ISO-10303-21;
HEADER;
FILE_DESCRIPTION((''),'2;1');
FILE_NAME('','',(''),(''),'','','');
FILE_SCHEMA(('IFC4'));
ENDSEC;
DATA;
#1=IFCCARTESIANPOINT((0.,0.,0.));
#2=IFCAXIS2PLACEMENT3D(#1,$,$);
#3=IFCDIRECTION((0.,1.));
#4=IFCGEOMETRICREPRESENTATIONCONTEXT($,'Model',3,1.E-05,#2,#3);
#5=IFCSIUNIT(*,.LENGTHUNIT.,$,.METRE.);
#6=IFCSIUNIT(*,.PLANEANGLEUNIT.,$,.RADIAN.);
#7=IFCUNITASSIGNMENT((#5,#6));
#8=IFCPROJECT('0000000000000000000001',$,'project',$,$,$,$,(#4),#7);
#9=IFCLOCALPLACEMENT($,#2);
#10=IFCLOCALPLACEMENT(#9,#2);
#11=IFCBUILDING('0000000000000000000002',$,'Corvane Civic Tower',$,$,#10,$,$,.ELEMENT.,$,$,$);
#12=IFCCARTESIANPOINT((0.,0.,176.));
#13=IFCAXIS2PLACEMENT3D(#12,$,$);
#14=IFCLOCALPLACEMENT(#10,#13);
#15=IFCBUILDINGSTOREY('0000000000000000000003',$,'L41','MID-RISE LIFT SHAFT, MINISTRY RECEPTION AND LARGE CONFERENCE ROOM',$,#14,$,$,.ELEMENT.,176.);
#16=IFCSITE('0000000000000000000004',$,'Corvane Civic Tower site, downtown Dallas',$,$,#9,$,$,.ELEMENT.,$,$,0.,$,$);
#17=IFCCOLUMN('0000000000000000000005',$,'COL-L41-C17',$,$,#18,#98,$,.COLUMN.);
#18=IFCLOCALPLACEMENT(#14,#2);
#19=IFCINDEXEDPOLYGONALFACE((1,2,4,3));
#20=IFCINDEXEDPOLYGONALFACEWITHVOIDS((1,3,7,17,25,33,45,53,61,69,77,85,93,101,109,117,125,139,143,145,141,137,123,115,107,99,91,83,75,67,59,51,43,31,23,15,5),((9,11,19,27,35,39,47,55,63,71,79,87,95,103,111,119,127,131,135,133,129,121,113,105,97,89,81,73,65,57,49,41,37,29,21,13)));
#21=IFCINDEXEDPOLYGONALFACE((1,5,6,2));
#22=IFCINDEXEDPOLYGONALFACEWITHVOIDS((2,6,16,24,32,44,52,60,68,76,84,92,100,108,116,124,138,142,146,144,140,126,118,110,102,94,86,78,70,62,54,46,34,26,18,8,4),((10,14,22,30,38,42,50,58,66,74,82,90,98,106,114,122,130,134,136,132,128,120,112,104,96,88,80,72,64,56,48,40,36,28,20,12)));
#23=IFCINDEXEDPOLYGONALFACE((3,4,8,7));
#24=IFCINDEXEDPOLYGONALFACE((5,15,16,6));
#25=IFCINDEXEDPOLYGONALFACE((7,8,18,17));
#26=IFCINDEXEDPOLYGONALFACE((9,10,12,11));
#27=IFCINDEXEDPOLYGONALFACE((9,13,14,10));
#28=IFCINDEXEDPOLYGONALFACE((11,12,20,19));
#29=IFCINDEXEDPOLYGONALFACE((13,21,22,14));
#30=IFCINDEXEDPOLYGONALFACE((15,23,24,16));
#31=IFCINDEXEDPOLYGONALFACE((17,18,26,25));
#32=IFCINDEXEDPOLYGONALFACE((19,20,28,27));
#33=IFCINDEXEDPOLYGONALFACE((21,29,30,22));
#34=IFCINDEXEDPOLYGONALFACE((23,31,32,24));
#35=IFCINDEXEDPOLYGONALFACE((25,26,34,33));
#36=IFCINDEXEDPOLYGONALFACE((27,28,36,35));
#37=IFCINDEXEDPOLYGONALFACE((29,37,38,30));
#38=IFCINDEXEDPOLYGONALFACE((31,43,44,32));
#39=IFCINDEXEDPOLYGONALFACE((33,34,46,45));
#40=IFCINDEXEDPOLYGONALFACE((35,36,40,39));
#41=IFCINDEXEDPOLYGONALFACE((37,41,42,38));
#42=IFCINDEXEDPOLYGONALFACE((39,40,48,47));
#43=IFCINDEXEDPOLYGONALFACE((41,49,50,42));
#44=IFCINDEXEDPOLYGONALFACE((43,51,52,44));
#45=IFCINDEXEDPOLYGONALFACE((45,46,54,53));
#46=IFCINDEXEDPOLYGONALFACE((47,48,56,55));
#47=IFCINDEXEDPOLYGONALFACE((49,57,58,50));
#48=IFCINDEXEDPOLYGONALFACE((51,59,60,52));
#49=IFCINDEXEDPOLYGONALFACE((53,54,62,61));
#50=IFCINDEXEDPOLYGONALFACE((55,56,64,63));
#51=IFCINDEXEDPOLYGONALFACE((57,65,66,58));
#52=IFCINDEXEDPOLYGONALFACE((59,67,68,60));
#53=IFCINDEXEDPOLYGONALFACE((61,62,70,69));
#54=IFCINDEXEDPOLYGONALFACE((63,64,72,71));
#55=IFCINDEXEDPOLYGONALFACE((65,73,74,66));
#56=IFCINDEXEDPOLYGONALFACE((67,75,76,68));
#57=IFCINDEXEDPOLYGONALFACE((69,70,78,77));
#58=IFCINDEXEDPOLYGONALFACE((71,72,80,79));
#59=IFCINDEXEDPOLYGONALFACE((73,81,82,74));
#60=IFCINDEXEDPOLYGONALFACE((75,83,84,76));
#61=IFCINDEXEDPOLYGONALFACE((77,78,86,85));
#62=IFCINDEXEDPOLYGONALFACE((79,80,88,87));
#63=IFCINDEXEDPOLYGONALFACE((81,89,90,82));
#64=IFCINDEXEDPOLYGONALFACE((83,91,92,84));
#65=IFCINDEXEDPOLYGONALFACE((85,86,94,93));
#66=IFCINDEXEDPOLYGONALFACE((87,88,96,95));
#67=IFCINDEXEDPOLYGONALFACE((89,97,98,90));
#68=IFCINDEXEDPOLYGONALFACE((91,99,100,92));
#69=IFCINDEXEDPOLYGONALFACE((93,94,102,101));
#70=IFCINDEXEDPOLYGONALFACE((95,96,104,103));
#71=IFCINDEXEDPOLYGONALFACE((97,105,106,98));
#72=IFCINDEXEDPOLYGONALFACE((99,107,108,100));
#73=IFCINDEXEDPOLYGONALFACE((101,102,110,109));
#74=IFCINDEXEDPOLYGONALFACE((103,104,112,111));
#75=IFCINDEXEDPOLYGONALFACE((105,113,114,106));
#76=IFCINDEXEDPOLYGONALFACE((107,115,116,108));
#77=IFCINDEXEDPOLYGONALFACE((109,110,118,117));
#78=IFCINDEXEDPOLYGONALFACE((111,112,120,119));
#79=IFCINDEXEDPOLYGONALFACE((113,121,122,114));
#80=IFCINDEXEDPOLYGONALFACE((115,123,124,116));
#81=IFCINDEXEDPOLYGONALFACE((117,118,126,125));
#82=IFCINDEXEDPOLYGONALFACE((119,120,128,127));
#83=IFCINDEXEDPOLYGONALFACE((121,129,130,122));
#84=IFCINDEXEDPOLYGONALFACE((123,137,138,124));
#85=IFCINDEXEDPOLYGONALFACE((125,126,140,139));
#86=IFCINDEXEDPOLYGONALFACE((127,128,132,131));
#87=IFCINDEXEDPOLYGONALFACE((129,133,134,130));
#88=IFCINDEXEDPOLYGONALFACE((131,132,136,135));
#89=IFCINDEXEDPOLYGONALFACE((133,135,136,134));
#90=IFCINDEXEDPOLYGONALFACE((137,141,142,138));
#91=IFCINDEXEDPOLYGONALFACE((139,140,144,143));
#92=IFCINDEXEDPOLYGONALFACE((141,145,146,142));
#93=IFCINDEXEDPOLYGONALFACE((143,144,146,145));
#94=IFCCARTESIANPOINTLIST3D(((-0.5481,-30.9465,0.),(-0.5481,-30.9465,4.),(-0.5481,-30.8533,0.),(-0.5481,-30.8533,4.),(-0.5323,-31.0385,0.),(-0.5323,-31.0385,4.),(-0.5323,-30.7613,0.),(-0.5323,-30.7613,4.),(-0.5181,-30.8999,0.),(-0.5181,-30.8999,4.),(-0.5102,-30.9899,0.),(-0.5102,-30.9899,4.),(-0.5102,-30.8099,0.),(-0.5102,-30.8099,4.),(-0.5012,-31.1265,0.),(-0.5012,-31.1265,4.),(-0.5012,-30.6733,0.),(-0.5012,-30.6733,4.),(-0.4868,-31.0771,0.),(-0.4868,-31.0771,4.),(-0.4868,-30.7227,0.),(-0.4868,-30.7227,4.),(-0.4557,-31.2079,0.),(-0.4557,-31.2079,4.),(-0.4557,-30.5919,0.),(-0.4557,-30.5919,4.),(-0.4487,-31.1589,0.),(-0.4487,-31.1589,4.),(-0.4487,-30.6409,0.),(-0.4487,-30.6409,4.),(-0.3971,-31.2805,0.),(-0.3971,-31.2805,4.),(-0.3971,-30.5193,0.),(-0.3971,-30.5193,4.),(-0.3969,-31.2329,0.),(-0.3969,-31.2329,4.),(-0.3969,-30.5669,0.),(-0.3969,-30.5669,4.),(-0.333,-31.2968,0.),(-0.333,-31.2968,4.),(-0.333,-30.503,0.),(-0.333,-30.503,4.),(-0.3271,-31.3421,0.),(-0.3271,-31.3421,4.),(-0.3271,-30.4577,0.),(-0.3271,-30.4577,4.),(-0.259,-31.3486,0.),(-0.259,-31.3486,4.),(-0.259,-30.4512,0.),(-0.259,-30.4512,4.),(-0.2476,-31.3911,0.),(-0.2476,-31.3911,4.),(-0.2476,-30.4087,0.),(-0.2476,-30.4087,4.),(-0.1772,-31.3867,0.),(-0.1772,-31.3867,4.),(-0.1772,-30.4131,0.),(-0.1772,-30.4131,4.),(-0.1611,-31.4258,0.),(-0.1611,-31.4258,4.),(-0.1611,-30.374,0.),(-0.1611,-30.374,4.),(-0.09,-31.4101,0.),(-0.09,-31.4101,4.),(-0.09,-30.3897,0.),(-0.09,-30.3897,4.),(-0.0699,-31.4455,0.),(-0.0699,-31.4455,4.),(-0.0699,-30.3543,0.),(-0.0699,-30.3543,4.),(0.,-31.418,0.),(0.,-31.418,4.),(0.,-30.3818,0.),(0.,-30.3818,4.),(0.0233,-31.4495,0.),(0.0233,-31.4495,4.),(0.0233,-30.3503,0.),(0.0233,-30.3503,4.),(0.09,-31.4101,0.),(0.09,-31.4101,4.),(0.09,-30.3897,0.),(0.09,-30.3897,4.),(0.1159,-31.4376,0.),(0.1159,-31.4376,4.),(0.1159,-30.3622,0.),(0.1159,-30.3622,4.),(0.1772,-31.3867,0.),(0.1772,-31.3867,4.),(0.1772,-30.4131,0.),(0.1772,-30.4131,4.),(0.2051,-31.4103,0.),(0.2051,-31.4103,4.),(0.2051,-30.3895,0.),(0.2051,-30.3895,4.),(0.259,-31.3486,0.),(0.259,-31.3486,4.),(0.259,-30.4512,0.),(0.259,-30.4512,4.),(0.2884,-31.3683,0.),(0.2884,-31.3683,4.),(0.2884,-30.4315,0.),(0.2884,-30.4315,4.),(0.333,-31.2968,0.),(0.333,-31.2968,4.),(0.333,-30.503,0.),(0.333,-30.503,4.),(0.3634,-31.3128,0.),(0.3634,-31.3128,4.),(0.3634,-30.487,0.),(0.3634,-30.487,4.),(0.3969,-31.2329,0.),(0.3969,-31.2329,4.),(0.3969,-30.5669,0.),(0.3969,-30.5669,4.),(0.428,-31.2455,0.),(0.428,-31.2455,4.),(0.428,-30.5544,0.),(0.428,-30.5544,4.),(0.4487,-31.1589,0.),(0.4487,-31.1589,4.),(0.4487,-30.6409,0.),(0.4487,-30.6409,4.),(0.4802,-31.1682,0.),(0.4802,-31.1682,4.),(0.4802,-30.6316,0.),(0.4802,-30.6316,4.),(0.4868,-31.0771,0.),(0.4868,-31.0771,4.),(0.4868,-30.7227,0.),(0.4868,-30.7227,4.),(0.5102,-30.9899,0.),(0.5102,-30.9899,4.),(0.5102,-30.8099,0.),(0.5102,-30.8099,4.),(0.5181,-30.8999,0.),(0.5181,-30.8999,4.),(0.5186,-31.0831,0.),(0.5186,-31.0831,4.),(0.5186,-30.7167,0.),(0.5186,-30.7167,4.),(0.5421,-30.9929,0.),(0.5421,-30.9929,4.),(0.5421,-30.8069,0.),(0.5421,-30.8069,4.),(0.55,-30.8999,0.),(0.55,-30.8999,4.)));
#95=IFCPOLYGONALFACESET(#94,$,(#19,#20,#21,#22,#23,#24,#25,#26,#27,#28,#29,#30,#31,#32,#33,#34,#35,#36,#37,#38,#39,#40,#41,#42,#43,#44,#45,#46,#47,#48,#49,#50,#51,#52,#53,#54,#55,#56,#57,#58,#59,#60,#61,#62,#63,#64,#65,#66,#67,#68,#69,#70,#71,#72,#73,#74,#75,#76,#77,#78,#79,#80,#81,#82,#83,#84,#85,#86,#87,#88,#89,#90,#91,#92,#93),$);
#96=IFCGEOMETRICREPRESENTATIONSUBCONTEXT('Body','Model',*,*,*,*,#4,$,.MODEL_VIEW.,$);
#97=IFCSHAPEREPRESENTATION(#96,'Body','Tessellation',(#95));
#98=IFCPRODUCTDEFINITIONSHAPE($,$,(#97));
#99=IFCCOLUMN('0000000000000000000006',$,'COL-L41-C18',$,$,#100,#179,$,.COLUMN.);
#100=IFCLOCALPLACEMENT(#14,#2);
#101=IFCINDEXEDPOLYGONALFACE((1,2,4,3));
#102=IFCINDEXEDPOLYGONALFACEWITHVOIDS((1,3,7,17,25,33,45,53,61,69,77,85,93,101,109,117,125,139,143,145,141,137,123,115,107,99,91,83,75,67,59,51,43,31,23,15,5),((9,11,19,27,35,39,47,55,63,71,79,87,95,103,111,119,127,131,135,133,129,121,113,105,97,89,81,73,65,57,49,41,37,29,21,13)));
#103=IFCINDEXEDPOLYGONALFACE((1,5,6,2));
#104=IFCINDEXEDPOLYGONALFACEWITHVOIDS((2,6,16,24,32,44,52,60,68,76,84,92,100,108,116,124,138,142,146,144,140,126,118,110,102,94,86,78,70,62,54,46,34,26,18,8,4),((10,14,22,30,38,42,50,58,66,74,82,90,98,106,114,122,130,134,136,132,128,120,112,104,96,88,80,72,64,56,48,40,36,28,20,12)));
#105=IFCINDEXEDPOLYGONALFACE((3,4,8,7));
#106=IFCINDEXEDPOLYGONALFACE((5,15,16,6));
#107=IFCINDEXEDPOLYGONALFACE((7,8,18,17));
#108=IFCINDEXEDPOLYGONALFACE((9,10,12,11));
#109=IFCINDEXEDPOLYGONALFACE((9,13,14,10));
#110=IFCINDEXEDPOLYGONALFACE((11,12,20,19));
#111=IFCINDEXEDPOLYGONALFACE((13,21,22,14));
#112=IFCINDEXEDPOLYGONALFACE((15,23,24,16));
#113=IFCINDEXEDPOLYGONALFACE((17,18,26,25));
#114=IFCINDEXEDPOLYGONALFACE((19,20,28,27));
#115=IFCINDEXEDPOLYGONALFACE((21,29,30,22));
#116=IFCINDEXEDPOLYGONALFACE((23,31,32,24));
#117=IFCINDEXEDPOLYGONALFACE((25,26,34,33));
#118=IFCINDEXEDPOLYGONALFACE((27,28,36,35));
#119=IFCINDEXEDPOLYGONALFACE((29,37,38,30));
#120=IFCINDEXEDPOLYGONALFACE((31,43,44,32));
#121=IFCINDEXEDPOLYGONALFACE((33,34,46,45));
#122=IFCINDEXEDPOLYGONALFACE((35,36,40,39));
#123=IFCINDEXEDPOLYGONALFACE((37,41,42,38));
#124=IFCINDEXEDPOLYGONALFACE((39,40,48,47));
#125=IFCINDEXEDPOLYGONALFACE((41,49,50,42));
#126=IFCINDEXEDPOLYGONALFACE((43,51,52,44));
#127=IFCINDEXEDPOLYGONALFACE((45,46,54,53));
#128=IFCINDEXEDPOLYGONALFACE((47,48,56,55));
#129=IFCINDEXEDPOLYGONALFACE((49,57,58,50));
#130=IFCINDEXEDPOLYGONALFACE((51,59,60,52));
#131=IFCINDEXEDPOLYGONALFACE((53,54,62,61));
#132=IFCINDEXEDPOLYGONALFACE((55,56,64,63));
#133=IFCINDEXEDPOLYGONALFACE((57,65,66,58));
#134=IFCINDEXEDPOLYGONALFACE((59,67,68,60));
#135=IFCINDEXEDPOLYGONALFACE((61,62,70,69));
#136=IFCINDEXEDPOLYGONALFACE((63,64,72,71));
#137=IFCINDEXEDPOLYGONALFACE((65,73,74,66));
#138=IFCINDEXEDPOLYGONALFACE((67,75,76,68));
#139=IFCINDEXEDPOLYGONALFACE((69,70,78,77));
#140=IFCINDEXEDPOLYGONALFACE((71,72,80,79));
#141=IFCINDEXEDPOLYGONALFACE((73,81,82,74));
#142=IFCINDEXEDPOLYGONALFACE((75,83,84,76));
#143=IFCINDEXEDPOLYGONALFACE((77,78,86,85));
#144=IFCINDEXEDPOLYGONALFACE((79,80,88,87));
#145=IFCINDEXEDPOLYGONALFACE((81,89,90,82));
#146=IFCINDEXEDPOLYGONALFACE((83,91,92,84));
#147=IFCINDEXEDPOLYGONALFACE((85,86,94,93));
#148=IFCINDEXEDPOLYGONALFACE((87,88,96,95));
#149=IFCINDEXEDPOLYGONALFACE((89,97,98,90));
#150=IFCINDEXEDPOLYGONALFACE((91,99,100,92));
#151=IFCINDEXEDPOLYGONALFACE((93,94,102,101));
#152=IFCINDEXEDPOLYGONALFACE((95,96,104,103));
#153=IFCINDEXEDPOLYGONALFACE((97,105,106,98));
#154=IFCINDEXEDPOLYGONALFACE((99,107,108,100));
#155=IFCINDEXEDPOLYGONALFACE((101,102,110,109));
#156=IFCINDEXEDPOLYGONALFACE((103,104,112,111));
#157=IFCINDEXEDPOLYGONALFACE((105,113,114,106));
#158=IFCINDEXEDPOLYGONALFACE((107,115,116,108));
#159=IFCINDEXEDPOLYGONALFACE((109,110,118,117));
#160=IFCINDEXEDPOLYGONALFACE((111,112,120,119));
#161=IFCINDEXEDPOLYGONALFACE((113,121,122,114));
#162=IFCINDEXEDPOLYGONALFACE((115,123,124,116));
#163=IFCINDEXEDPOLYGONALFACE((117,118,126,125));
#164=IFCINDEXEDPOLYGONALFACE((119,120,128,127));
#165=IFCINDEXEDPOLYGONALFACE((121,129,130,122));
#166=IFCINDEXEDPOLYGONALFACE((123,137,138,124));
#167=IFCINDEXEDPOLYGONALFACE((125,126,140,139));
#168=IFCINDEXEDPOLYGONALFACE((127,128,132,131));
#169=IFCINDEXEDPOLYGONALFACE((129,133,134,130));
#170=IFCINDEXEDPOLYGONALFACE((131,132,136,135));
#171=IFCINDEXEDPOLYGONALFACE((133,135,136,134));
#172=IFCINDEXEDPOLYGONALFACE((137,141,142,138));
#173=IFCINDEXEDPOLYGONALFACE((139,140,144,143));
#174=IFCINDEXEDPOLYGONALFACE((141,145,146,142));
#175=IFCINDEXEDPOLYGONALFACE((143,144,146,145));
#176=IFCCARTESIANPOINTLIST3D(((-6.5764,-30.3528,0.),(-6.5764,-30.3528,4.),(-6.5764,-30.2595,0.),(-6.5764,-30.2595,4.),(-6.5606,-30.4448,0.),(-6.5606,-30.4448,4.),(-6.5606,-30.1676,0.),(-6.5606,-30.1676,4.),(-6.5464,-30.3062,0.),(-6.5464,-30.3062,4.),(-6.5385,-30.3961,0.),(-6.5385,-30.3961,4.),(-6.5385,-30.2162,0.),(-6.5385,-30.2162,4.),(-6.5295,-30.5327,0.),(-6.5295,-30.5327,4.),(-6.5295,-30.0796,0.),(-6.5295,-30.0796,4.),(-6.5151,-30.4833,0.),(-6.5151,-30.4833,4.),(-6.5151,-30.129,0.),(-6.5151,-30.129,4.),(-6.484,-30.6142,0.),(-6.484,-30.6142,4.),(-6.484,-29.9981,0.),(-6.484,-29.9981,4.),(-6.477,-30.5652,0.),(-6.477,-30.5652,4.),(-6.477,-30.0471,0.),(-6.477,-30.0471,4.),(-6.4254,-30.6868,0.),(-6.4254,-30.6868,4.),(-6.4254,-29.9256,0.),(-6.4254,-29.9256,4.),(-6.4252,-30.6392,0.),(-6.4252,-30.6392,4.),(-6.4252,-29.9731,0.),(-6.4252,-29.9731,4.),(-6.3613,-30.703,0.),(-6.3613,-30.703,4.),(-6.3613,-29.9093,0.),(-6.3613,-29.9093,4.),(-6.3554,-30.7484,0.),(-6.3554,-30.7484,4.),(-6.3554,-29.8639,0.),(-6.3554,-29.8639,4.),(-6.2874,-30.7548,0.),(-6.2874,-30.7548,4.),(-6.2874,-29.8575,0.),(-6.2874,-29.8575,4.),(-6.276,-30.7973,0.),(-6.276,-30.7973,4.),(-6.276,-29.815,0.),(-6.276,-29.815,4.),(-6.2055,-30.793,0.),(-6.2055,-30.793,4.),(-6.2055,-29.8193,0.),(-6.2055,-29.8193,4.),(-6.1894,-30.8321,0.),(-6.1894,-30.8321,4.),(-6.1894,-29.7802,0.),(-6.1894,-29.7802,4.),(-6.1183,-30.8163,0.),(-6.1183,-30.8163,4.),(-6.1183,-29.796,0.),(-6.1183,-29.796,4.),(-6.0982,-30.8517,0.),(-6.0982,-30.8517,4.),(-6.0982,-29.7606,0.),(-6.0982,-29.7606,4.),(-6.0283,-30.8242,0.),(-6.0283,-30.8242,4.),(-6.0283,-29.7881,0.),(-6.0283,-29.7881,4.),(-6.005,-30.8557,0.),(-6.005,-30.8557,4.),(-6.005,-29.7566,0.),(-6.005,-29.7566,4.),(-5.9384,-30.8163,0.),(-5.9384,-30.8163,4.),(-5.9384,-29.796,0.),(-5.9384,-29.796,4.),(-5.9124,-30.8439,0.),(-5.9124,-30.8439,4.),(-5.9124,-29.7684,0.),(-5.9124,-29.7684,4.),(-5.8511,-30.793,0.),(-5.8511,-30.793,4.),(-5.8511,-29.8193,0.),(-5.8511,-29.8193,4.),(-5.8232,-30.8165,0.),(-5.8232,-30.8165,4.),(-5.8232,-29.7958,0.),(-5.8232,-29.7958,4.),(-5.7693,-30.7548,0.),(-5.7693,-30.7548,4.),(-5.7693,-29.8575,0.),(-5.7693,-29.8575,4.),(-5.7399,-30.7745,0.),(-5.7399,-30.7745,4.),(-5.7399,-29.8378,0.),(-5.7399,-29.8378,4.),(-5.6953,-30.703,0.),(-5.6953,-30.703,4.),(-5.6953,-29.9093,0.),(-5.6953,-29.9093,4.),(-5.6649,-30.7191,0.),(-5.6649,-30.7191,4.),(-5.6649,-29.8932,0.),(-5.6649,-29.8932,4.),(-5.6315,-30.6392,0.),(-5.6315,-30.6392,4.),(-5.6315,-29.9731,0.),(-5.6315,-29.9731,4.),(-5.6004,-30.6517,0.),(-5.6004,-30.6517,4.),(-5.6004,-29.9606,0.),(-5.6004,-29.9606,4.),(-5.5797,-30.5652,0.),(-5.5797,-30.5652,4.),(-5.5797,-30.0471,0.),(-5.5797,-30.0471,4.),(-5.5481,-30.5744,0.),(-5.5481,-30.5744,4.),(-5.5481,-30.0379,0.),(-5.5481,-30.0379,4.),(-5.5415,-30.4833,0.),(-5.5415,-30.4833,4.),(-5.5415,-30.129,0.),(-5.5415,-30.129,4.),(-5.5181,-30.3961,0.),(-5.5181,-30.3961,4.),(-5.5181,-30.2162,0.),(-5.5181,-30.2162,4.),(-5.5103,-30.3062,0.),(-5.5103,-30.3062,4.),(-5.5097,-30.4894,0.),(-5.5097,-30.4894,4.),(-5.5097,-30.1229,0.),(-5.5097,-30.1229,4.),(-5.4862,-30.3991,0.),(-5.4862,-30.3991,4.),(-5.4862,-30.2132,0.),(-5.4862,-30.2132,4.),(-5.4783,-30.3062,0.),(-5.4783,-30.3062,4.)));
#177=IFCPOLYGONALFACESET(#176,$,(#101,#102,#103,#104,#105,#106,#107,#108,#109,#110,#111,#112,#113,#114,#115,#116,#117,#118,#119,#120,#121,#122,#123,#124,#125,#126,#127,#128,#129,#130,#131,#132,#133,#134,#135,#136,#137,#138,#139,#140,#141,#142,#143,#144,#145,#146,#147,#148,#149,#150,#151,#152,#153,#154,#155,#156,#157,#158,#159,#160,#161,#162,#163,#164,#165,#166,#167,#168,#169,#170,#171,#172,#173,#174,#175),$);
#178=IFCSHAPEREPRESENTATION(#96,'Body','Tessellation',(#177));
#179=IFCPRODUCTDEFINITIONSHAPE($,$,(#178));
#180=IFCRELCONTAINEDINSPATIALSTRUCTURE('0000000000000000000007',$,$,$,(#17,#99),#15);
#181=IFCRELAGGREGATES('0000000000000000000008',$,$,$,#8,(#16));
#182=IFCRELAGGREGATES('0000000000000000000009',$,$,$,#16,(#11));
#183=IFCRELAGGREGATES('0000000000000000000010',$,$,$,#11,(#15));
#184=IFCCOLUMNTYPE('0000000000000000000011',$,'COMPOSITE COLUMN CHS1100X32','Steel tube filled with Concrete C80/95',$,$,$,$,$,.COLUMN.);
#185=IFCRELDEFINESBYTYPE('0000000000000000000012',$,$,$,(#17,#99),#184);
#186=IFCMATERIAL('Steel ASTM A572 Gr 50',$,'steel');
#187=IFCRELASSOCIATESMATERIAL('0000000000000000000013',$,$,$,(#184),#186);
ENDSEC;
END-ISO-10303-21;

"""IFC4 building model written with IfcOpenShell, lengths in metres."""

from ifc_helpers import new_model, si_unit, direction, frame, origin, origin_2d, place, context, subcontext, project, spatial, hollow_circle, extrude, material, material_profile, profile_set, type_object, element, save


model = new_model("IFC4")

# Units and contexts
model_context = context("Model", 3, precision=1e-05, world=origin(), true_north=direction((0.0, 1.0)))
body_context = subcontext(model_context, "Body", "Model", "MODEL_VIEW")
ifc_project = project(units=[si_unit("LENGTHUNIT", "METRE"), si_unit("PLANEANGLEUNIT", "RADIAN")], contexts=[model_context])

# Site, building, storey
site_placement = place(None, origin())
site = spatial("IfcSite", under=ifc_project, at=site_placement, Name="Corvane Civic Tower site, downtown Dallas", CompositionType="ELEMENT", RefElevation=0.0)
building_placement = place(site_placement, origin())
building = spatial("IfcBuilding", under=site, at=building_placement, Name="Corvane Civic Tower", CompositionType="ELEMENT")
storey_placement = place(building_placement, frame((0.0, 0.0, 176.0)))
storey = spatial("IfcBuildingStorey", under=building, at=storey_placement, Name="L41", Description="MID-RISE LIFT SHAFT, MINISTRY RECEPTION AND LARGE CONFERENCE ROOM", CompositionType="ELEMENT", Elevation=176.0)

# Columns
ifc_material_1 = material(Name="Steel ASTM A572 Gr 50", Category="steel")
ifc_material_profile_1 = material_profile(ifc_material_1, hollow_circle(Radius=0.55, WallThickness=0.032, at=origin_2d()), Name="CHS1100X32")
ifc_profile_set_1 = profile_set([ifc_material_profile_1], Name="Steel ASTM A572 Gr 50")
column_type = type_object("IfcColumnType", Name="COMPOSITE COLUMN CHS1100X32", Description="Steel tube filled with Concrete C80/95", PredefinedType="COLUMN", material=ifc_profile_set_1)
for number, where, z_axis, x_axis, name in (
    (1, (0.0, -30.8999, 0.0), (0.0, 0.0, 1.0), (1.0, 0.0, 0.0), "COL-L41-C17"),
    (2, (-6.0283, -30.3062, 0.0), (0.0, 0.0, 1.0), (1.0, 0.0, 0.0), "COL-L41-C18"),
):
    element("IfcColumn", number, at=place(storey_placement, frame(where, z_axis=z_axis, x_axis=x_axis)), inside=storey, type_object=column_type, Name=name, PredefinedType="COLUMN", context=body_context, shape_type="SweptSolid", body=[
        extrude(hollow_circle(Radius=0.55, WallThickness=0.032, at=origin_2d()), origin(), (0.0, 0.0, 1.0), 4.0),
    ])

save(model, "model.ifc")
